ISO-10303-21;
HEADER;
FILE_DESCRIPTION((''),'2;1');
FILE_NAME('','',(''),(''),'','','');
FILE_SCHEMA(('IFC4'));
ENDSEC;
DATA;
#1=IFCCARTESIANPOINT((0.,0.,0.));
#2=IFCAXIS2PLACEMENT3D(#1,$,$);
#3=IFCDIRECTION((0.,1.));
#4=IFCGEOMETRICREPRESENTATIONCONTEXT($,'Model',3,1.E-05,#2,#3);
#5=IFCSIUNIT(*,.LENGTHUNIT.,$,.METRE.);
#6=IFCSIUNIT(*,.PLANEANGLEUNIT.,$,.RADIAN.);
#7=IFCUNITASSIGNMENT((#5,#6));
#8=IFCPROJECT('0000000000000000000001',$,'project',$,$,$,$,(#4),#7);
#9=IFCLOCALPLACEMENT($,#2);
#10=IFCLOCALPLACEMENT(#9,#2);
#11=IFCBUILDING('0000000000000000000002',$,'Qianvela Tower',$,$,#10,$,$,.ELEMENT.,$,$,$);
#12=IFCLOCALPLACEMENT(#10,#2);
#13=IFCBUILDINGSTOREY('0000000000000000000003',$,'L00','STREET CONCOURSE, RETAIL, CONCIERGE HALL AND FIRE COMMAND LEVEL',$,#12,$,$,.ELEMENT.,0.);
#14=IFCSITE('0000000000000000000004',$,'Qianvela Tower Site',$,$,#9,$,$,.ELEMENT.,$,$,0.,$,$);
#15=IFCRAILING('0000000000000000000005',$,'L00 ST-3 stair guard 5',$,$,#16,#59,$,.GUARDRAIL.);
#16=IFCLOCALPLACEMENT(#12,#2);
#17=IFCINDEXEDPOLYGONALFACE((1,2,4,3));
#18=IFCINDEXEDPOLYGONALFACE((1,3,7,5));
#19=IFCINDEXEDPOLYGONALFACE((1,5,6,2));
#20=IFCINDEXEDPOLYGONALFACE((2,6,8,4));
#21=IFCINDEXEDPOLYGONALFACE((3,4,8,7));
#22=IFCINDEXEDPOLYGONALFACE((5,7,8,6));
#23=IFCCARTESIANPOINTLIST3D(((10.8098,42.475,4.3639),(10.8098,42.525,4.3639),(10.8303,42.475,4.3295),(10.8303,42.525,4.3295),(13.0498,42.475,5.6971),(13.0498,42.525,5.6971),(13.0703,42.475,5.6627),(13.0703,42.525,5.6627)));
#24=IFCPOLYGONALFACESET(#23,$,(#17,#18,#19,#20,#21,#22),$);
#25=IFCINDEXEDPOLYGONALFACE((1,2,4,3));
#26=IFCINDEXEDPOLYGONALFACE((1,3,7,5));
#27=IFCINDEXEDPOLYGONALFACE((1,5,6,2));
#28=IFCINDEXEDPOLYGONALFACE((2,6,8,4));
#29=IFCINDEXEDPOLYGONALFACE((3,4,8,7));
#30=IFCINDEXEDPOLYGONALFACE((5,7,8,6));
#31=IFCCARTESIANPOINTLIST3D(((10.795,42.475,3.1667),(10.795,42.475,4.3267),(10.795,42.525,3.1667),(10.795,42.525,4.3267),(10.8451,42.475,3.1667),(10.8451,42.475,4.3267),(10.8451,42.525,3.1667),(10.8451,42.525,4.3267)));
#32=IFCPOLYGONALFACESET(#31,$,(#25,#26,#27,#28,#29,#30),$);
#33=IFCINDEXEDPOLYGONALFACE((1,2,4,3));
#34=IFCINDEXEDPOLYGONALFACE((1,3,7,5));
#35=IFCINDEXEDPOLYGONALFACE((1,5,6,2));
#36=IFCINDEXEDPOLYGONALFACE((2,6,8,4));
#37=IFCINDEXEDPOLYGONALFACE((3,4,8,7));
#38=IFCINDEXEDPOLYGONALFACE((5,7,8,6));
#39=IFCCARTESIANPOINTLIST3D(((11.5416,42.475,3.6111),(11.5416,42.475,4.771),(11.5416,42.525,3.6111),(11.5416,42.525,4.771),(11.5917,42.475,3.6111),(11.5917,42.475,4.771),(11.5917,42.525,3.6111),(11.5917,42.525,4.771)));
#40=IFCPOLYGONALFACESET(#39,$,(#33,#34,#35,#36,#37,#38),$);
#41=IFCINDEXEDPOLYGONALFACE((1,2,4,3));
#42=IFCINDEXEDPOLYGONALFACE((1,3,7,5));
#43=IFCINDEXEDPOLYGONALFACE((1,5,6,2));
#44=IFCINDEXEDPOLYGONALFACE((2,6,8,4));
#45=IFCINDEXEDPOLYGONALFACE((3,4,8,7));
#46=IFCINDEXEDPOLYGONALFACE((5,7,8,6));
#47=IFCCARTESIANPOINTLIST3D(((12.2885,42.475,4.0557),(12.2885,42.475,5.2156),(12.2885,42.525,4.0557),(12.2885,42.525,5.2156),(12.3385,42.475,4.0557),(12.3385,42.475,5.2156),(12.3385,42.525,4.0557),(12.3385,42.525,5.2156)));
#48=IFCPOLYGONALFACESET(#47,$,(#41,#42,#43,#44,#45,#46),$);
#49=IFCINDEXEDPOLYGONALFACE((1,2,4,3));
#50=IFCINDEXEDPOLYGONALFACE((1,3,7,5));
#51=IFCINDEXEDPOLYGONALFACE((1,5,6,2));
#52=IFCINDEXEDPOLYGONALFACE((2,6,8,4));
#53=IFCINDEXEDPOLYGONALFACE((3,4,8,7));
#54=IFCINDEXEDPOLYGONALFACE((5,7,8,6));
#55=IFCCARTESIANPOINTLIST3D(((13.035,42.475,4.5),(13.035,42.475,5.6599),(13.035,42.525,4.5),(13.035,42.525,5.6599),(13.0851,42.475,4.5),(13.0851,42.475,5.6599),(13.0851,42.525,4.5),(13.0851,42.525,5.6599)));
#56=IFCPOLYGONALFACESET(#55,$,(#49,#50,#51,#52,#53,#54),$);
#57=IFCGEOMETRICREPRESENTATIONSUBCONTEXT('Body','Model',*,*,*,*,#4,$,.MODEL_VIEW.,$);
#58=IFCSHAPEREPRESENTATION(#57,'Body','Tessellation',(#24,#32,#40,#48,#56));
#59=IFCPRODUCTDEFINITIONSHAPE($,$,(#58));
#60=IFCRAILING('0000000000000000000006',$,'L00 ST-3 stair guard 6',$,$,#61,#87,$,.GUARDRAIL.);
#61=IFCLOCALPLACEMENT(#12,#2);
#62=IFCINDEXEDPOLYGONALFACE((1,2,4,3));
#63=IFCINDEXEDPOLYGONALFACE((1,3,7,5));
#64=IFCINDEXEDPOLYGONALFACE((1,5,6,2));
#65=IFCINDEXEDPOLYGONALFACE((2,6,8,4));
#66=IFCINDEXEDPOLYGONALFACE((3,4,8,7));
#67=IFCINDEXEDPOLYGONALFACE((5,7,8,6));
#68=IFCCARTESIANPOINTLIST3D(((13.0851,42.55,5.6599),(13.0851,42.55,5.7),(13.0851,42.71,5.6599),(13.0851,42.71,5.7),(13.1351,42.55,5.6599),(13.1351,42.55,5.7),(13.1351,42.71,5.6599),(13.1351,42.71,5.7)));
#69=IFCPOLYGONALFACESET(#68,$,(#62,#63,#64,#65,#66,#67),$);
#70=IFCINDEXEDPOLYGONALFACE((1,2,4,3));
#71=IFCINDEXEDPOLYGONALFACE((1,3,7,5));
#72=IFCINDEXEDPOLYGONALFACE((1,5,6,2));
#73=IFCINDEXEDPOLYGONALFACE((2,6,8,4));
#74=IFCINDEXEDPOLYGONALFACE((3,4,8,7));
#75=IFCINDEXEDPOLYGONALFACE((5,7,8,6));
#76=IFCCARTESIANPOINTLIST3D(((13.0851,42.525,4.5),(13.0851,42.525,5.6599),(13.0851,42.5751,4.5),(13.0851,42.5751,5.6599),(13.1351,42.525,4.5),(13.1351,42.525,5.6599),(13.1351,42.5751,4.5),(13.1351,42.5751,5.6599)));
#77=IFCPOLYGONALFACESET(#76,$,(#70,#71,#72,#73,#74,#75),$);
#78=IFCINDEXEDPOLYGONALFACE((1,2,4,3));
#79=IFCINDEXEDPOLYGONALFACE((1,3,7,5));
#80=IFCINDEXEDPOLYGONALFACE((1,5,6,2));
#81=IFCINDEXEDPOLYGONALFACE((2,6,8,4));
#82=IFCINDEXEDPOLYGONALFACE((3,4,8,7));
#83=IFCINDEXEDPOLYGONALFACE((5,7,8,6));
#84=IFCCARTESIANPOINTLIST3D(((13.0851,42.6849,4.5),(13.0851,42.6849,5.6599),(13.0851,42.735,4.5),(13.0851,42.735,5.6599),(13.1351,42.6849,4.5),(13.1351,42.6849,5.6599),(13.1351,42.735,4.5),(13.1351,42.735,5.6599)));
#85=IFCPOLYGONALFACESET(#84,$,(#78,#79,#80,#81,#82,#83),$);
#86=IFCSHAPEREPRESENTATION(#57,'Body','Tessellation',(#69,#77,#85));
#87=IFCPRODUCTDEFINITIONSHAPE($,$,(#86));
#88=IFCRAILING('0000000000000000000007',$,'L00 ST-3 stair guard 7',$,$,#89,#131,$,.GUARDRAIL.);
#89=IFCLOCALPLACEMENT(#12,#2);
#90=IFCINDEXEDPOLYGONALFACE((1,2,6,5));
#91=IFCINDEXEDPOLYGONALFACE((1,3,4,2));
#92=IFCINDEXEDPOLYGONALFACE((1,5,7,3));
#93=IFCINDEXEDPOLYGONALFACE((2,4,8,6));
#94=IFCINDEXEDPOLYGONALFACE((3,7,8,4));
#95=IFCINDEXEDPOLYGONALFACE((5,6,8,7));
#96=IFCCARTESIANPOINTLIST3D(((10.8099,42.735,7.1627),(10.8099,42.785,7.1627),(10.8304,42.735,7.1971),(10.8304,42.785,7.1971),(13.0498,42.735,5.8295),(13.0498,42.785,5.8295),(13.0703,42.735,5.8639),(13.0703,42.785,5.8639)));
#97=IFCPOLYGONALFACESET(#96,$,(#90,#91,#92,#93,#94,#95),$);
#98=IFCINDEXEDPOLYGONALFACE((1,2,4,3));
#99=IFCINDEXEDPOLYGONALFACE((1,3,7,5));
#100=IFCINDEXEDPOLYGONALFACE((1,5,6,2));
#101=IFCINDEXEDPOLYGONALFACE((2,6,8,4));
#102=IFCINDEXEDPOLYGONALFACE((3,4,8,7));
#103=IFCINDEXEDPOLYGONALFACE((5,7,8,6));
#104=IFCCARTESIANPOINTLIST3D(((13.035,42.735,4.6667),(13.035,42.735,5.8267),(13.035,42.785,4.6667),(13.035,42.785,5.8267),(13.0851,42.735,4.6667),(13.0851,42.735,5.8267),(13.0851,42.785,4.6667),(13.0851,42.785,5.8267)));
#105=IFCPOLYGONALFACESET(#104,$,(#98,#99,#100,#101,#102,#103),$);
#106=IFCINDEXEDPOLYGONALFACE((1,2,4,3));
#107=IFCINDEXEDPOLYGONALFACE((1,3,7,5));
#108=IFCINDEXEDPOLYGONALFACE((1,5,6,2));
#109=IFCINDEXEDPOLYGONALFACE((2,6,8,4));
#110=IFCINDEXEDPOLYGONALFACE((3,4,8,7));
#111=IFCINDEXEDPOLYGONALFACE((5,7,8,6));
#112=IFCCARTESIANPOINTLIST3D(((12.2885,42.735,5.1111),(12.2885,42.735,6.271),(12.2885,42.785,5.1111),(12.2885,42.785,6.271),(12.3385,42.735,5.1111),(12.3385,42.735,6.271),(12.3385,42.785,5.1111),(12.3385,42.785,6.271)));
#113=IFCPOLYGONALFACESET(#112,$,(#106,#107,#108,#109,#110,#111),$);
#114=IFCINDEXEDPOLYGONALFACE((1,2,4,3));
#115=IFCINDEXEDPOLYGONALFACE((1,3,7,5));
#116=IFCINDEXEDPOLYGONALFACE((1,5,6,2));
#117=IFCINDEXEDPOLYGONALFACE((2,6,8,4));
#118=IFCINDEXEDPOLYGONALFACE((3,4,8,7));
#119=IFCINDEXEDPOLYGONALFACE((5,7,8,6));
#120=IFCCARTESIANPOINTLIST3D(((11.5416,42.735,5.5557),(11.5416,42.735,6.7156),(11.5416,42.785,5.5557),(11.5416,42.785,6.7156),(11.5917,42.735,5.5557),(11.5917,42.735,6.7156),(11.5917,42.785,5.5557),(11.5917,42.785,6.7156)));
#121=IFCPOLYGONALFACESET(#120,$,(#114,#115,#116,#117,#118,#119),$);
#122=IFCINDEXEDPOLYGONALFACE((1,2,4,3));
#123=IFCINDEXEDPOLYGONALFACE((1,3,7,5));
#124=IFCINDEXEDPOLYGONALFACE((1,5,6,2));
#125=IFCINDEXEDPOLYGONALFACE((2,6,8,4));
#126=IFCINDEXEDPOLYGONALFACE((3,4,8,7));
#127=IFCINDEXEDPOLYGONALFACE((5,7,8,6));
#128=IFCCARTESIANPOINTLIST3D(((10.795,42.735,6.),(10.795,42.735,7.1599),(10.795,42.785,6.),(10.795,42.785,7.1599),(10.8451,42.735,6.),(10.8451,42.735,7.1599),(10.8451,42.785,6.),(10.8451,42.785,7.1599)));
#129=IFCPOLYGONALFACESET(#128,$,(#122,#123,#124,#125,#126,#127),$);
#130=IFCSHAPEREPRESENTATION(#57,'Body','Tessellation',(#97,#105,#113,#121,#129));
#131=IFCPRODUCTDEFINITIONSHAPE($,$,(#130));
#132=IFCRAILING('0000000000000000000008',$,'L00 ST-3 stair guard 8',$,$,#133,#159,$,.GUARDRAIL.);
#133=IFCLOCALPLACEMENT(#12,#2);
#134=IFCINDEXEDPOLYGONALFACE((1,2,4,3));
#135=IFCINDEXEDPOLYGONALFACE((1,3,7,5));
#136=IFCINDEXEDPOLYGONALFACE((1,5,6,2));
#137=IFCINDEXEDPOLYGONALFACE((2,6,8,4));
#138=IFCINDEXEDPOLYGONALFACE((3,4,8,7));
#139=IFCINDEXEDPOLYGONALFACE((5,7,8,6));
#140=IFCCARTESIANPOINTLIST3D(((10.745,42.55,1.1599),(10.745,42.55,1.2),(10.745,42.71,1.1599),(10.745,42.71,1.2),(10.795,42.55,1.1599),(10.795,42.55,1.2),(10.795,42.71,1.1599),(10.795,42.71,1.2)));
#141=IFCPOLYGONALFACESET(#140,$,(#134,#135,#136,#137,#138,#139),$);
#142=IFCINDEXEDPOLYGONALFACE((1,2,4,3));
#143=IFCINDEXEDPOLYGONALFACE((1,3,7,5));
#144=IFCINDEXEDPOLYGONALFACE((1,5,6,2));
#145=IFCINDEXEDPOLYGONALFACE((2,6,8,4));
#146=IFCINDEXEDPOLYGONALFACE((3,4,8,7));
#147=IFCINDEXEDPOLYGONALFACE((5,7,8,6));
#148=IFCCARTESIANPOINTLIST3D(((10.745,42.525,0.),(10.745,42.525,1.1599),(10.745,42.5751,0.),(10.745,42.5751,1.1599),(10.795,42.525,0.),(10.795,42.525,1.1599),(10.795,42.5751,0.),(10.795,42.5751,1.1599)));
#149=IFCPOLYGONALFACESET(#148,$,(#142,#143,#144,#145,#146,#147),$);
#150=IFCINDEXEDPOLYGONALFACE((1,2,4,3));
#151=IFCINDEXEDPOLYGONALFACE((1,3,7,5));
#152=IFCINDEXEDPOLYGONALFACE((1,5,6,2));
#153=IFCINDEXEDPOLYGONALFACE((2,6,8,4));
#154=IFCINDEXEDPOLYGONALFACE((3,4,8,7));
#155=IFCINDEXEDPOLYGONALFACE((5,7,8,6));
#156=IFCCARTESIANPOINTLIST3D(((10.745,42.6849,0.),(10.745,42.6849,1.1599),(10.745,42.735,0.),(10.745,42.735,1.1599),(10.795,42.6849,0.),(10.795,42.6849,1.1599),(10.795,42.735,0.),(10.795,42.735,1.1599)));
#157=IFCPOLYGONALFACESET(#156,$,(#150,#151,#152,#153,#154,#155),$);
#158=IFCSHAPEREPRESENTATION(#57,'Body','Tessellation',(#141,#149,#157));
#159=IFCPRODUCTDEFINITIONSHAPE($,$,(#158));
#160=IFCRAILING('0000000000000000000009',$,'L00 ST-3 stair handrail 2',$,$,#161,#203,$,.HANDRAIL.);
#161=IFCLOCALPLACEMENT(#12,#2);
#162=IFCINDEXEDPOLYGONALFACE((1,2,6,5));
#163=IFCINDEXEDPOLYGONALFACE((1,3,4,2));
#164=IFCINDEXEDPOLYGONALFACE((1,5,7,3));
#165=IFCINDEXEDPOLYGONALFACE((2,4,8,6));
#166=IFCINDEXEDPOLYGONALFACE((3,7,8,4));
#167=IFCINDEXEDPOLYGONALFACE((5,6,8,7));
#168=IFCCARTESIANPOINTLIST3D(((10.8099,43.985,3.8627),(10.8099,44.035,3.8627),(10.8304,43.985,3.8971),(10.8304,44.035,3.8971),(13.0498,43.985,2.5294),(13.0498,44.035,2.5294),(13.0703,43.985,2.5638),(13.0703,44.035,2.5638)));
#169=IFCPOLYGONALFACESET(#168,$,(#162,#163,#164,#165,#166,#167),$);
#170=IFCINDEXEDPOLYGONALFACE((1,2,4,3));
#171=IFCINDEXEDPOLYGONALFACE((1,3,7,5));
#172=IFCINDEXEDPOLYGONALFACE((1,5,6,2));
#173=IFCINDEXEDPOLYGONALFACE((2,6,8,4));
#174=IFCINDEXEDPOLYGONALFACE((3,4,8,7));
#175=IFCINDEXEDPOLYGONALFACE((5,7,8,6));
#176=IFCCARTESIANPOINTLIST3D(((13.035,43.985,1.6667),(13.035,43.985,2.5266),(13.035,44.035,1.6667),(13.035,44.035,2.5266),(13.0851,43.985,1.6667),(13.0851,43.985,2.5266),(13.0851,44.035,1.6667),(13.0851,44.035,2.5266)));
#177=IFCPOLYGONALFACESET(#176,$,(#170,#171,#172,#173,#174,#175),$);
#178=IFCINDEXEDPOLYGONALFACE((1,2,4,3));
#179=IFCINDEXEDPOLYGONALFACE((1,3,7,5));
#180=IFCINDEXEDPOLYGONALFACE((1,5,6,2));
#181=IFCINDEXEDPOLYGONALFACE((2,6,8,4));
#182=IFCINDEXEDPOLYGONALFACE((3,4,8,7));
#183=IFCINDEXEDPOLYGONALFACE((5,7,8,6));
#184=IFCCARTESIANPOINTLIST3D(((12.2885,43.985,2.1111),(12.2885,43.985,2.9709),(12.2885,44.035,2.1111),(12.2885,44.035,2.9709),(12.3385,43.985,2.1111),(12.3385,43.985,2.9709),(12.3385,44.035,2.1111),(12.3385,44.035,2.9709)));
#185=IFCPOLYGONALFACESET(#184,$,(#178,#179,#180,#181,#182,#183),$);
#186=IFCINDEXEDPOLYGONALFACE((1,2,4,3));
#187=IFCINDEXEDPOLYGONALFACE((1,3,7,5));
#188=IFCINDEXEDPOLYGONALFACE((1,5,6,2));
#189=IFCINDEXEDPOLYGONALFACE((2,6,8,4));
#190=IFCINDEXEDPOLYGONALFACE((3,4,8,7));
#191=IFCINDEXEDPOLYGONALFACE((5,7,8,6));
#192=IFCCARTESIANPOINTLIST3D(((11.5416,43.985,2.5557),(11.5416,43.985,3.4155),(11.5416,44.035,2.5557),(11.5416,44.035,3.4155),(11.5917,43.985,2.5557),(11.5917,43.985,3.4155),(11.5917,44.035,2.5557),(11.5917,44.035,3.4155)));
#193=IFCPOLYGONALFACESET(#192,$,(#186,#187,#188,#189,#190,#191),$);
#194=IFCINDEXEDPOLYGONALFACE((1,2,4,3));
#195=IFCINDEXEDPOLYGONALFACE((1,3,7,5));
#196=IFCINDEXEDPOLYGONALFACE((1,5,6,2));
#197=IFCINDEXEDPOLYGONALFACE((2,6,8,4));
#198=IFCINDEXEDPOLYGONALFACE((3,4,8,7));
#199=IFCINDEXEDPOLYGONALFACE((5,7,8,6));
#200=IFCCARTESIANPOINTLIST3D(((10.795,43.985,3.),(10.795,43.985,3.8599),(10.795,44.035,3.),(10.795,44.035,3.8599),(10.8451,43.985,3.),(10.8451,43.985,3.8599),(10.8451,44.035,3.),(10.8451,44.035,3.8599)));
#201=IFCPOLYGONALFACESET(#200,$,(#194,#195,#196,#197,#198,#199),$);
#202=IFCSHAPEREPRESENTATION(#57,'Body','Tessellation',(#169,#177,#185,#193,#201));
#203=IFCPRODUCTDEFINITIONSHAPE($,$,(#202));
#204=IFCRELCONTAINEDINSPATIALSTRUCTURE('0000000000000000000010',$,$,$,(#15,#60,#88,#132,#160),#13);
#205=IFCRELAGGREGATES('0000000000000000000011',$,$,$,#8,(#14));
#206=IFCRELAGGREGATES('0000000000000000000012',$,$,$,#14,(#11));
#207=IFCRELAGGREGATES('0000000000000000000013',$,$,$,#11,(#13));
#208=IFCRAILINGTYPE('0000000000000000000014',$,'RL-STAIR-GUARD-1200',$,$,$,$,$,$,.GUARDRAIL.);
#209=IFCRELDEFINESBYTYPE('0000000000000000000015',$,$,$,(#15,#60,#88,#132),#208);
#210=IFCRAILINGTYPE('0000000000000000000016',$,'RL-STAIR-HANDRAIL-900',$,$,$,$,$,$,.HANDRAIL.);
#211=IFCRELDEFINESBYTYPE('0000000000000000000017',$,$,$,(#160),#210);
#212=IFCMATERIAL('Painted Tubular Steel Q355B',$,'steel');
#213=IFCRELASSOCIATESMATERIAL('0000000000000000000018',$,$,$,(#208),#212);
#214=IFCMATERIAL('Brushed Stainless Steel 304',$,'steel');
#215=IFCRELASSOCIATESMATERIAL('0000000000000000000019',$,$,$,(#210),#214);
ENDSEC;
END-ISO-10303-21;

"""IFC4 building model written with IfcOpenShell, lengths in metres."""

from ifc_helpers import new_model, si_unit, direction, frame, origin, origin_2d, place, context, subcontext, project, spatial, rectangle, extrude, material, type_object, element, save


model = new_model("IFC4")

# Units and contexts
model_context = context("Model", 3, precision=1e-05, world=origin(), true_north=direction((0.0, 1.0)))
body_context = subcontext(model_context, "Body", "Model", "MODEL_VIEW")
ifc_project = project(units=[si_unit("LENGTHUNIT", "METRE"), si_unit("PLANEANGLEUNIT", "RADIAN")], contexts=[model_context])

# Site, building, storey
site_placement = place(None, origin())
site = spatial("IfcSite", under=ifc_project, at=site_placement, Name="Qianvela Tower Site", CompositionType="ELEMENT", RefElevation=0.0)
building_placement = place(site_placement, origin())
building = spatial("IfcBuilding", under=site, at=building_placement, Name="Qianvela Tower", CompositionType="ELEMENT")
storey_placement = place(building_placement, origin())
storey = spatial("IfcBuildingStorey", under=building, at=storey_placement, Name="L00", Description="STREET CONCOURSE, RETAIL, CONCIERGE HALL AND FIRE COMMAND LEVEL", CompositionType="ELEMENT", Elevation=0.0)

# Railings
ifc_material_1 = material(Name="Painted Tubular Steel Q355B", Category="steel")
railing_type_1 = type_object("IfcRailingType", Name="RL-STAIR-GUARD-1200", PredefinedType="GUARDRAIL", material=ifc_material_1)
railing_1_placement = place(storey_placement, frame((10.8201, 42.5, 3.1667)))
element("IfcRailing", 1, at=railing_1_placement, inside=storey, type_object=railing_type_1, Name="L00 ST-3 stair guard 5", PredefinedType="GUARDRAIL", context=body_context, shape_type="SweptSolid", body=[
    extrude(rectangle(XDim=0.05, YDim=0.04, at=origin_2d()), frame((0.0, 0.0, 1.1799), z_axis=(0.859306, 0.0, 0.511462), x_axis=(0.0, 1.0, 0.0)), (0.0, 0.0, 1.0), 2.6067),
    extrude(rectangle(XDim=0.05, YDim=0.05, at=origin_2d()), origin(), (0.0, 0.0, 1.0), 1.1599),
    extrude(rectangle(XDim=0.05, YDim=0.05, at=origin_2d()), frame((0.7466, 0.0, 0.4443)), (0.0, 0.0, 1.0), 1.1599),
    extrude(rectangle(XDim=0.05, YDim=0.05, at=origin_2d()), frame((1.4934, 0.0, 0.8889)), (0.0, 0.0, 1.0), 1.1599),
    extrude(rectangle(XDim=0.05, YDim=0.05, at=origin_2d()), frame((2.24, 0.0, 1.3333)), (0.0, 0.0, 1.0), 1.1599),
])
railing_2_placement = place(storey_placement, frame((13.1101, 42.55, 4.5)))
element("IfcRailing", 2, at=railing_2_placement, inside=storey, type_object=railing_type_1, Name="L00 ST-3 stair guard 6", PredefinedType="GUARDRAIL", context=body_context, shape_type="SweptSolid", body=[
    extrude(rectangle(XDim=0.05, YDim=0.04, at=origin_2d()), frame((0.0, 0.0, 1.1799), z_axis=(0.0, 1.0, 0.0), x_axis=(-1.0, 0.0, 0.0)), (0.0, 0.0, 1.0), 0.1599),
    extrude(rectangle(XDim=0.05, YDim=0.05, at=origin_2d()), origin(), (0.0, 0.0, 1.0), 1.1599),
    extrude(rectangle(XDim=0.05, YDim=0.05, at=origin_2d()), frame((0.0, 0.1599, 0.0)), (0.0, 0.0, 1.0), 1.1599),
])
railing_3_placement = place(storey_placement, frame((13.0601, 42.76, 4.6667)))
element("IfcRailing", 3, at=railing_3_placement, inside=storey, type_object=railing_type_1, Name="L00 ST-3 stair guard 7", PredefinedType="GUARDRAIL", context=body_context, shape_type="SweptSolid", body=[
    extrude(rectangle(XDim=0.05, YDim=0.04, at=origin_2d()), frame((0.0, 0.0, 1.1799), z_axis=(-0.859306, 0.0, 0.511462), x_axis=(0.0, -1.0, 0.0)), (0.0, 0.0, 1.0), 2.6067),
    extrude(rectangle(XDim=0.05, YDim=0.05, at=origin_2d()), origin(), (0.0, 0.0, 1.0), 1.1599),
    extrude(rectangle(XDim=0.05, YDim=0.05, at=origin_2d()), frame((-0.7466, 0.0, 0.4443)), (0.0, 0.0, 1.0), 1.1599),
    extrude(rectangle(XDim=0.05, YDim=0.05, at=origin_2d()), frame((-1.4934, 0.0, 0.8889)), (0.0, 0.0, 1.0), 1.1599),
    extrude(rectangle(XDim=0.05, YDim=0.05, at=origin_2d()), frame((-2.24, 0.0, 1.3333)), (0.0, 0.0, 1.0), 1.1599),
])
railing_4_placement = place(storey_placement, frame((10.77, 42.55, 0.0)))
element("IfcRailing", 4, at=railing_4_placement, inside=storey, type_object=railing_type_1, Name="L00 ST-3 stair guard 8", PredefinedType="GUARDRAIL", context=body_context, shape_type="SweptSolid", body=[
    extrude(rectangle(XDim=0.05, YDim=0.04, at=origin_2d()), frame((0.0, 0.0, 1.1799), z_axis=(0.0, 1.0, 0.0), x_axis=(-1.0, 0.0, 0.0)), (0.0, 0.0, 1.0), 0.1599),
    extrude(rectangle(XDim=0.05, YDim=0.05, at=origin_2d()), origin(), (0.0, 0.0, 1.0), 1.1599),
    extrude(rectangle(XDim=0.05, YDim=0.05, at=origin_2d()), frame((0.0, 0.1599, 0.0)), (0.0, 0.0, 1.0), 1.1599),
])
ifc_material_2 = material(Name="Brushed Stainless Steel 304", Category="steel")
railing_type_2 = type_object("IfcRailingType", Name="RL-STAIR-HANDRAIL-900", PredefinedType="HANDRAIL", material=ifc_material_2)
for number, where, name in (
    (5, (13.0601, 44.01, 1.6667), "L00 ST-3 stair handrail 2"),
):
    element("IfcRailing", number, at=place(storey_placement, frame(where)), inside=storey, type_object=railing_type_2, Name=name, PredefinedType="HANDRAIL", context=body_context, shape_type="SweptSolid", body=[
        extrude(rectangle(XDim=0.05, YDim=0.04, at=origin_2d()), frame((0.0, 0.0, 0.8799), z_axis=(-0.859306, 0.0, 0.511462), x_axis=(0.0, -1.0, 0.0)), (0.0, 0.0, 1.0), 2.6067),
        extrude(rectangle(XDim=0.05, YDim=0.05, at=origin_2d()), origin(), (0.0, 0.0, 1.0), 0.8599),
        extrude(rectangle(XDim=0.05, YDim=0.05, at=origin_2d()), frame((-0.7466, 0.0, 0.4443)), (0.0, 0.0, 1.0), 0.8599),
        extrude(rectangle(XDim=0.05, YDim=0.05, at=origin_2d()), frame((-1.4934, 0.0, 0.8889)), (0.0, 0.0, 1.0), 0.8599),
        extrude(rectangle(XDim=0.05, YDim=0.05, at=origin_2d()), frame((-2.24, 0.0, 1.3333)), (0.0, 0.0, 1.0), 0.8599),
    ])

save(model, "model.ifc")
